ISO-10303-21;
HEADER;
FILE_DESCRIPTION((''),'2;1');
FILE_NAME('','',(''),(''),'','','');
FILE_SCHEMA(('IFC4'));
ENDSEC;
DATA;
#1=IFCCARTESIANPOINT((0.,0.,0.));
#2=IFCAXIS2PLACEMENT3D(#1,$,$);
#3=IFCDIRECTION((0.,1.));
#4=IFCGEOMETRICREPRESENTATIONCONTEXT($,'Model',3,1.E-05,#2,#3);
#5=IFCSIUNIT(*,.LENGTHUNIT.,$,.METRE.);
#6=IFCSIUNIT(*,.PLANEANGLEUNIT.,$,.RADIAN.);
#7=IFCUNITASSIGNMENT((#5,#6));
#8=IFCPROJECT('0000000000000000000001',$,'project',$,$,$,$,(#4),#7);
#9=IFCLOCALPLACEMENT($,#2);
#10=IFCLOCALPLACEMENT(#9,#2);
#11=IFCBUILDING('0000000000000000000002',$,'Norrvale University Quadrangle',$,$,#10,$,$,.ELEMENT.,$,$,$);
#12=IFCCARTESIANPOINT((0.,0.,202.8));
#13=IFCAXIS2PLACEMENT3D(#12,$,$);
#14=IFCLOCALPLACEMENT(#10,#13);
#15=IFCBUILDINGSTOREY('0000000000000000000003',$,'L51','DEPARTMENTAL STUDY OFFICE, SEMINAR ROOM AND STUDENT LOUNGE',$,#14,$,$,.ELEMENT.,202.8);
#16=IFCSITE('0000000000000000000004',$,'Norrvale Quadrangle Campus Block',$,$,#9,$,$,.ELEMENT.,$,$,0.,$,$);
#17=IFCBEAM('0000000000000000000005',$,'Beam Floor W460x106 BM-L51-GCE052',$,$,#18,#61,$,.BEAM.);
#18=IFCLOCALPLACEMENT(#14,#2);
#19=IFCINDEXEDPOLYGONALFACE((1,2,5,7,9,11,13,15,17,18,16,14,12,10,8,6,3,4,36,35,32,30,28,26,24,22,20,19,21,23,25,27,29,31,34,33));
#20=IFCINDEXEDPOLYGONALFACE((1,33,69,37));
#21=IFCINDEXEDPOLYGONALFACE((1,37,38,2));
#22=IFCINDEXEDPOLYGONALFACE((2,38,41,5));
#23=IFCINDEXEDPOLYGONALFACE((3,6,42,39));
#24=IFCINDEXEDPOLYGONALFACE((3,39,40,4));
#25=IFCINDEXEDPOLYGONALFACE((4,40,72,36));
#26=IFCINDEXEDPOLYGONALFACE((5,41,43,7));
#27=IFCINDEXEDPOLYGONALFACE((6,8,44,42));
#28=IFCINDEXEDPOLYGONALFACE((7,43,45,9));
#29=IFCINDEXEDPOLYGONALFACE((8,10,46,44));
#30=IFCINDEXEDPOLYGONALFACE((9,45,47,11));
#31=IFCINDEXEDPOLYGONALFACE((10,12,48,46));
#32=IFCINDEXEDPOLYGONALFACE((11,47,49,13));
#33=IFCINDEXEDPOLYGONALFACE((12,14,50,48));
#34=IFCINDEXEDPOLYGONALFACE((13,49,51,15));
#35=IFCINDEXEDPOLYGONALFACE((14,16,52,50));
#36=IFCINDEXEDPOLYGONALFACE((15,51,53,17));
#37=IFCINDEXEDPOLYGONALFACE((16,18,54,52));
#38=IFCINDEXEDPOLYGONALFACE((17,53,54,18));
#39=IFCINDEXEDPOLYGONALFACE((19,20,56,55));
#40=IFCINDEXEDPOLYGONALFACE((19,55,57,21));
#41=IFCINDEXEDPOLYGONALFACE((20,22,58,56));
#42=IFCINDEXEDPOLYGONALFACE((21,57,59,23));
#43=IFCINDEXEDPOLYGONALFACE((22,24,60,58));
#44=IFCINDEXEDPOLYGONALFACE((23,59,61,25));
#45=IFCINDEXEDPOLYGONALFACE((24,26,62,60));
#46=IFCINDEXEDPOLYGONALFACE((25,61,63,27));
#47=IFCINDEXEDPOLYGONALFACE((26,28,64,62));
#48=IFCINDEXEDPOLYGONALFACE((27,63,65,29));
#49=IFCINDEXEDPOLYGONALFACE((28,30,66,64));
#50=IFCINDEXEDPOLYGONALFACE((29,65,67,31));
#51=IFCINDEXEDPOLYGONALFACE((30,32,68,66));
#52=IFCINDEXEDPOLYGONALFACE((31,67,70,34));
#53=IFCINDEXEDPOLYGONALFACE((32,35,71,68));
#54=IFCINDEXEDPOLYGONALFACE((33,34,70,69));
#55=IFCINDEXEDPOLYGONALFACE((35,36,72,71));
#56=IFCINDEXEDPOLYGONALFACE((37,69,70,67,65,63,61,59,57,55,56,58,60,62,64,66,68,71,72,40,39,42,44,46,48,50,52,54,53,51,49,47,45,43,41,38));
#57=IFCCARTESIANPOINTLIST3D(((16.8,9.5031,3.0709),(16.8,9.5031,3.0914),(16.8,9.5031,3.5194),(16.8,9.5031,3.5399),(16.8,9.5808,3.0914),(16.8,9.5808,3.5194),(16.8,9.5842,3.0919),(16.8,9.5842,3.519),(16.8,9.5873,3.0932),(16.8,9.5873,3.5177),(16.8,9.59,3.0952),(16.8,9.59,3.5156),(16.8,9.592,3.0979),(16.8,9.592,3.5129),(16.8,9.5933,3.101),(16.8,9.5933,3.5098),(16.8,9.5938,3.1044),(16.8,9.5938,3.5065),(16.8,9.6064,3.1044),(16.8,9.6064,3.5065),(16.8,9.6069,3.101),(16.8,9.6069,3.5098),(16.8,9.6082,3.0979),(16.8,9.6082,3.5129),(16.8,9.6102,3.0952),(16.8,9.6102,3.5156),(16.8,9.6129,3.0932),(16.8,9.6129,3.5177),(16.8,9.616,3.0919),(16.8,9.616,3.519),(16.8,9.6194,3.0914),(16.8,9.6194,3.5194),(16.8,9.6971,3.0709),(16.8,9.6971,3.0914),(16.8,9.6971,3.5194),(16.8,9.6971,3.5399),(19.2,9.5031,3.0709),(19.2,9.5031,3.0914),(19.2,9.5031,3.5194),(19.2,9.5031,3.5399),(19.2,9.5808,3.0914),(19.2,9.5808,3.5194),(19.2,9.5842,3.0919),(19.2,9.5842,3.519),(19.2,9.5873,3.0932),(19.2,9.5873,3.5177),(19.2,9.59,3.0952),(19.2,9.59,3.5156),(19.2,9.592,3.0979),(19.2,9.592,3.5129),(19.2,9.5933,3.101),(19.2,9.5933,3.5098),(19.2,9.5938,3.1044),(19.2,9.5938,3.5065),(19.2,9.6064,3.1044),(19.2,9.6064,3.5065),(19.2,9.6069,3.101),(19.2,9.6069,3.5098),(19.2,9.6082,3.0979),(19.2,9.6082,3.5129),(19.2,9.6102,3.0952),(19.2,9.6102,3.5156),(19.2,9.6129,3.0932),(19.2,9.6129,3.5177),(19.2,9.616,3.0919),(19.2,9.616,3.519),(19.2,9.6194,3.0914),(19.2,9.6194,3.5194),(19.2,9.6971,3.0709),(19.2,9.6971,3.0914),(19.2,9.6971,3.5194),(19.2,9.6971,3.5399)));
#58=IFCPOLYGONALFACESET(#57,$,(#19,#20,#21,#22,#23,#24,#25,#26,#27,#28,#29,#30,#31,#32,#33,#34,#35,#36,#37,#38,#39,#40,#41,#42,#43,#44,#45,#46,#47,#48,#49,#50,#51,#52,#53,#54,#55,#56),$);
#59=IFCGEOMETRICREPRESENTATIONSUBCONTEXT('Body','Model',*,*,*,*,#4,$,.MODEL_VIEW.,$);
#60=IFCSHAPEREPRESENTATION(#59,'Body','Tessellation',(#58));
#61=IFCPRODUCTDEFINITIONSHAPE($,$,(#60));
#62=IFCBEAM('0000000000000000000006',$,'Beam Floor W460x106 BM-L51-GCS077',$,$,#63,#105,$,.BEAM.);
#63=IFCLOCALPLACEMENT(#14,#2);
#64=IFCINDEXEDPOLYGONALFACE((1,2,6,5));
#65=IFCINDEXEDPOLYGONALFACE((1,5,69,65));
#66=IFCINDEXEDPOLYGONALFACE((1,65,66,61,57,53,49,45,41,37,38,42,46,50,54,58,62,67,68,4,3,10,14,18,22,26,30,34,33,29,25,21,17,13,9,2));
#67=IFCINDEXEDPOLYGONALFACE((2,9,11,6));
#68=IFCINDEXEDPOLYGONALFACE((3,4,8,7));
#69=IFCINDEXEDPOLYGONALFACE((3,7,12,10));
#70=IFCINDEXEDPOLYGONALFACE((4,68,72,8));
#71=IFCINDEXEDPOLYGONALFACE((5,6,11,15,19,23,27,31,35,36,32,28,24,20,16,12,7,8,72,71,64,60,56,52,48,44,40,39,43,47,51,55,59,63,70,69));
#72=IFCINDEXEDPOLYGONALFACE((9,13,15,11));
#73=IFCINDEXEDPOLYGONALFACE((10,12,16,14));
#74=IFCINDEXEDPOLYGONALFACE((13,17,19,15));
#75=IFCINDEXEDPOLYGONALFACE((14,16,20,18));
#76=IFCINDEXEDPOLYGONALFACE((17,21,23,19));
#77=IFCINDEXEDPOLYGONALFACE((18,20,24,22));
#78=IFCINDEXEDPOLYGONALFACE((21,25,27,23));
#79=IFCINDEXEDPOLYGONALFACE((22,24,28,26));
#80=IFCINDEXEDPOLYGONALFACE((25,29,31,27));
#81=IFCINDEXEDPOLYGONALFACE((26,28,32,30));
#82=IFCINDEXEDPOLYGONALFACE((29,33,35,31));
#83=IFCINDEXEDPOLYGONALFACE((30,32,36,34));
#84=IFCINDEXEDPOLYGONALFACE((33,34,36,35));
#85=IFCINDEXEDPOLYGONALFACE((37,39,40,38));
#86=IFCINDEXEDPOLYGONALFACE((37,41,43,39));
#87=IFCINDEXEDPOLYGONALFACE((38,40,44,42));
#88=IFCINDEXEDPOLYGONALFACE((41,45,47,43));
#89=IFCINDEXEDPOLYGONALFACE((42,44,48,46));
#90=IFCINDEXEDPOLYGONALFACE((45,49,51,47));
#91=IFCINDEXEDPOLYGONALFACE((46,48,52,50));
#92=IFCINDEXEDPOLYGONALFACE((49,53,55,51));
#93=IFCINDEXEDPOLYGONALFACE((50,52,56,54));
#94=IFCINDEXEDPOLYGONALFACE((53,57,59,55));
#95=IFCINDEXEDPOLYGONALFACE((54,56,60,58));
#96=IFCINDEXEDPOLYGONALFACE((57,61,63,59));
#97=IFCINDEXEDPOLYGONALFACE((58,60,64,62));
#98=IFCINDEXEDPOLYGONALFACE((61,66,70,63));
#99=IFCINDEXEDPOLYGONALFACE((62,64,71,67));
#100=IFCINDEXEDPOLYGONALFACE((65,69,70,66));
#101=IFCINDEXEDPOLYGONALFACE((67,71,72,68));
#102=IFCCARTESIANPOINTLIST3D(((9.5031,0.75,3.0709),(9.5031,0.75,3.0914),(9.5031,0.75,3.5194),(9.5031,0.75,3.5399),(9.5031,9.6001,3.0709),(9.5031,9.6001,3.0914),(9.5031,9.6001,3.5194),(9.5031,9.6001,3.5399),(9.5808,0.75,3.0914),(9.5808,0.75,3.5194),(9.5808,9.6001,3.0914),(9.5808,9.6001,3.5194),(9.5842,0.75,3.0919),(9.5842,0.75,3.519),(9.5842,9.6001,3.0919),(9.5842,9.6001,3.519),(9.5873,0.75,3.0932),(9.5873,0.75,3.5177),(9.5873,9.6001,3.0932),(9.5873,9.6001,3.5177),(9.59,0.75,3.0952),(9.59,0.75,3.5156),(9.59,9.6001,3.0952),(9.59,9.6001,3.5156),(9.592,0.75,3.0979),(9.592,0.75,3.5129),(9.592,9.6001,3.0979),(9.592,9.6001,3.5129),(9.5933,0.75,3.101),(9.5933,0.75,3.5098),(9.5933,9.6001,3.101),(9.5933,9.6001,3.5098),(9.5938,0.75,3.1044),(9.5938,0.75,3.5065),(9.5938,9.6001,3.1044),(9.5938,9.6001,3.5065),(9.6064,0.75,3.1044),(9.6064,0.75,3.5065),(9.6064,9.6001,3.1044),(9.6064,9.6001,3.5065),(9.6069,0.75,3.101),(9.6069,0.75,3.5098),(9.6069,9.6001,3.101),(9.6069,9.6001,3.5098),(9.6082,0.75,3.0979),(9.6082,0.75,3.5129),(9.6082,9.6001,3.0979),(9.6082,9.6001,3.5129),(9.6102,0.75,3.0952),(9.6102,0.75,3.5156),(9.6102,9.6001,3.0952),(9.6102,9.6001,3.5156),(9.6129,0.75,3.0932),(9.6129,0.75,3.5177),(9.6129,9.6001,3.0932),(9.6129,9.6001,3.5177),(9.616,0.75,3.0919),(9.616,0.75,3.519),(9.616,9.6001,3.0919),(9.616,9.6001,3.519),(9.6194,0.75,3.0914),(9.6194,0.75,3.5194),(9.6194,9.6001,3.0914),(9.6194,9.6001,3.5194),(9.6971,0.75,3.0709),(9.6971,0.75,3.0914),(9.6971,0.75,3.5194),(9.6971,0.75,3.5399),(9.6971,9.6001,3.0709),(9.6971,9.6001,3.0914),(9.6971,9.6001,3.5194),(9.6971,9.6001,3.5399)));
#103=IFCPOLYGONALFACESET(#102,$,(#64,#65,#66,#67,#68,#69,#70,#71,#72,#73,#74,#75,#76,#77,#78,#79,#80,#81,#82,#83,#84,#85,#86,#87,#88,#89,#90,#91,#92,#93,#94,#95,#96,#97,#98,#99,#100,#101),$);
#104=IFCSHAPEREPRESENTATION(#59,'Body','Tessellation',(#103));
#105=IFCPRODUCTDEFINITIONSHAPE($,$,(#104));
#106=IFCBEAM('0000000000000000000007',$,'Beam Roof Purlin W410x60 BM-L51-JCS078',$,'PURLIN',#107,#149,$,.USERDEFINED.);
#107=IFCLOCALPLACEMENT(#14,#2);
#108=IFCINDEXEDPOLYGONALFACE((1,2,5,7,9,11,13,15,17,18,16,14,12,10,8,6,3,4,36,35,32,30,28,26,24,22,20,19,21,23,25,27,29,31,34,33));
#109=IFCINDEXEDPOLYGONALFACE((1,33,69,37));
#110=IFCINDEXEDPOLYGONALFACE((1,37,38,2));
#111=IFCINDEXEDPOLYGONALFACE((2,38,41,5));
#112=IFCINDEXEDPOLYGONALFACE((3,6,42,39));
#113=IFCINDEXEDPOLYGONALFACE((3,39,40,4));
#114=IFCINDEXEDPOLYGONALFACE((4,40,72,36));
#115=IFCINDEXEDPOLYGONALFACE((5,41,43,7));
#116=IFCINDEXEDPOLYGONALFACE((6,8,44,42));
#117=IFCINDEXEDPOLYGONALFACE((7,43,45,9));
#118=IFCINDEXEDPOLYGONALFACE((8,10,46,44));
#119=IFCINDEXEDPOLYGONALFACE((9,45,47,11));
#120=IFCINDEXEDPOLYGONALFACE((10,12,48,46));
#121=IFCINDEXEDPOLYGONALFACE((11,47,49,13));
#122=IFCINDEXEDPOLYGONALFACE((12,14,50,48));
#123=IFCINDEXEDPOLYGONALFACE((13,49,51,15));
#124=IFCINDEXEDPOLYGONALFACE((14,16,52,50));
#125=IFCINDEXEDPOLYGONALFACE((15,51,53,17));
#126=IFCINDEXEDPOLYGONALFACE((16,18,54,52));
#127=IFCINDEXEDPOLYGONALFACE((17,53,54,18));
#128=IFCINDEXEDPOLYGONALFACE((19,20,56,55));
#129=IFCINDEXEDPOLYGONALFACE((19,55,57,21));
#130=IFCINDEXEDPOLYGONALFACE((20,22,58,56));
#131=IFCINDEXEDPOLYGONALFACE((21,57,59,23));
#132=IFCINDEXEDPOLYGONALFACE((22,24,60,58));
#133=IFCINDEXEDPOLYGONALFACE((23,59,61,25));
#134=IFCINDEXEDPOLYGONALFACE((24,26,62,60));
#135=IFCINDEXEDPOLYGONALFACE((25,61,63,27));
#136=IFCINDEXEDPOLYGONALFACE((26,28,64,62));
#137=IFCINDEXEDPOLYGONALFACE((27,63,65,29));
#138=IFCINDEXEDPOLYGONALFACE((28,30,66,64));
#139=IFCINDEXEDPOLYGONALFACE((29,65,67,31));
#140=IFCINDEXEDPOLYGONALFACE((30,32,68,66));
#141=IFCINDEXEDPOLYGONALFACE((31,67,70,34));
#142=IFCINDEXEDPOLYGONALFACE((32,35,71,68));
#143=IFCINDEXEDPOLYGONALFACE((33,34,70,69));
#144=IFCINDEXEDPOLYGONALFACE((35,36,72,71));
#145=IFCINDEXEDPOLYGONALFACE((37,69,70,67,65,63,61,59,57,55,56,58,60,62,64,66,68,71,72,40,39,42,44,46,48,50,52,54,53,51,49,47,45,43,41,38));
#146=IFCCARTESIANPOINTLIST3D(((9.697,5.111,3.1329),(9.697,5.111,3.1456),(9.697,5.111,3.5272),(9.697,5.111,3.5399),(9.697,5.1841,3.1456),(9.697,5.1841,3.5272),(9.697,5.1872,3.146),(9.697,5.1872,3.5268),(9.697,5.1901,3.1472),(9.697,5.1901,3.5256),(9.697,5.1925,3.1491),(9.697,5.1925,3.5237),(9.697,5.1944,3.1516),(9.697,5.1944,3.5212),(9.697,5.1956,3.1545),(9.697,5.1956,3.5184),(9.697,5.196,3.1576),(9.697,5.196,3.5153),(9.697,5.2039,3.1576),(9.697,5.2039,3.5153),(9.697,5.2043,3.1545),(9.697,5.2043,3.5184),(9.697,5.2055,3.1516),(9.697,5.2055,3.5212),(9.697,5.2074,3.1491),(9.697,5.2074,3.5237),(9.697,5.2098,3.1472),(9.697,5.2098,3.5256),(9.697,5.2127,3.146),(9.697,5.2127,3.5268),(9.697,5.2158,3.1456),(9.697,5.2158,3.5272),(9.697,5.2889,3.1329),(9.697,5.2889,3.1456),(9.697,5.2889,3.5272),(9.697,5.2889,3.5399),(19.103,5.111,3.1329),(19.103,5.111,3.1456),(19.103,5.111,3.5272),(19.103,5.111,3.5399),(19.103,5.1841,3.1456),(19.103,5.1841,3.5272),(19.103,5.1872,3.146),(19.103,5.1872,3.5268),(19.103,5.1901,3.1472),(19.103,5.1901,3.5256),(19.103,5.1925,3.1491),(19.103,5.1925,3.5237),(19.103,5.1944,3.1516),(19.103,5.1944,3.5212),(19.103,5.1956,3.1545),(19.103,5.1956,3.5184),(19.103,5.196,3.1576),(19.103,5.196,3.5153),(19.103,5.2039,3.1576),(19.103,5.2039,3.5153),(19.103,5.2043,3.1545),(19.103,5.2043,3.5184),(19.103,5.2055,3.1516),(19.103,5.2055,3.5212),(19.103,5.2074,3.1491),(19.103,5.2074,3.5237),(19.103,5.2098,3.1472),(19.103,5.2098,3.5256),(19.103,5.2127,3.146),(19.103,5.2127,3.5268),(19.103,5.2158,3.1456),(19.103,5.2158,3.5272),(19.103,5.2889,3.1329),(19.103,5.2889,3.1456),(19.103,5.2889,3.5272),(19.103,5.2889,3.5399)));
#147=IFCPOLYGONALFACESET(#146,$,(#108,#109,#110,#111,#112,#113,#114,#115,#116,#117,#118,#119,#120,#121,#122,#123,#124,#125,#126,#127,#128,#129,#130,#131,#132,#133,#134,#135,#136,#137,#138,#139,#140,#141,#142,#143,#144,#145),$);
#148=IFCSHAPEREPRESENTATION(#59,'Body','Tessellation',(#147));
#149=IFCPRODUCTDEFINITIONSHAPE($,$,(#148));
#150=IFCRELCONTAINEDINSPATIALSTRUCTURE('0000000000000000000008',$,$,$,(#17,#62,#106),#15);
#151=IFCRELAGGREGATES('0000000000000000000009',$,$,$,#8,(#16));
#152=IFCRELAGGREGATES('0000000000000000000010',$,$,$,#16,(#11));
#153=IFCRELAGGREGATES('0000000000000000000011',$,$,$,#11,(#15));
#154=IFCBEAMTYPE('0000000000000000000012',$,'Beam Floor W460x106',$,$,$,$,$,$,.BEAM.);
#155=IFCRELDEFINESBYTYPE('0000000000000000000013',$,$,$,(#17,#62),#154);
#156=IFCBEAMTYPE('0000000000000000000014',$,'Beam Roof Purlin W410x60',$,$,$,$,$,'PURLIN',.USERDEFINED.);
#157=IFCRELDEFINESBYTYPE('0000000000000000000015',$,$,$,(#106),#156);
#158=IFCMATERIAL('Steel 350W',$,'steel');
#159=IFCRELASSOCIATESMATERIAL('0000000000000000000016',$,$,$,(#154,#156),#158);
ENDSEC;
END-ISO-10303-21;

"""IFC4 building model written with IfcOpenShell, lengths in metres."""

from ifc_helpers import new_model, si_unit, direction, frame, origin, origin_2d, place, context, subcontext, project, spatial, i_section, extrude, material, material_profile, profile_set, type_object, element, save


model = new_model("IFC4")

# Units and contexts
model_context = context("Model", 3, precision=1e-05, world=origin(), true_north=direction((0.0, 1.0)))
body_context = subcontext(model_context, "Body", "Model", "MODEL_VIEW")
ifc_project = project(units=[si_unit("LENGTHUNIT", "METRE"), si_unit("PLANEANGLEUNIT", "RADIAN")], contexts=[model_context])

# Site, building, storey
site_placement = place(None, origin())
site = spatial("IfcSite", under=ifc_project, at=site_placement, Name="Norrvale Quadrangle Campus Block", CompositionType="ELEMENT", RefElevation=0.0)
building_placement = place(site_placement, origin())
building = spatial("IfcBuilding", under=site, at=building_placement, Name="Norrvale University Quadrangle", CompositionType="ELEMENT")
storey_placement = place(building_placement, frame((0.0, 0.0, 202.8)))
storey = spatial("IfcBuildingStorey", under=building, at=storey_placement, Name="L51", Description="DEPARTMENTAL STUDY OFFICE, SEMINAR ROOM AND STUDENT LOUNGE", CompositionType="ELEMENT", Elevation=202.8)

# Beams
ifc_material_1 = material(Name="Steel 350W", Category="steel")
ifc_material_profile_1 = material_profile(ifc_material_1, i_section(OverallWidth=0.1941, OverallDepth=0.469, WebThickness=0.0127, FlangeThickness=0.0205, FilletRadius=0.0129, at=origin_2d()), Name="Steel 350W")
ifc_profile_set_1 = profile_set([ifc_material_profile_1], Name="Steel 350W")
beam_type_1 = type_object("IfcBeamType", Name="Beam Floor W460x106", PredefinedType="BEAM", material=ifc_profile_set_1)
beam_1_placement = place(storey_placement, frame((16.8, 9.6001, 3.3054), z_axis=(1.0, 0.0, 0.0), x_axis=(0.0, 1.0, 0.0)))
element("IfcBeam", 1, at=beam_1_placement, inside=storey, type_object=beam_type_1, Name="Beam Floor W460x106 BM-L51-GCE052", PredefinedType="BEAM", context=body_context, shape_type="SweptSolid", body=[
    extrude(i_section(OverallWidth=0.1941, OverallDepth=0.469, WebThickness=0.0127, FlangeThickness=0.0205, FilletRadius=0.0129, at=origin_2d()), origin(), (0.0, 0.0, 1.0), 2.3999),
])
beam_2_placement = place(storey_placement, frame((9.6001, 0.75, 3.3054), z_axis=(0.0, 1.0, 0.0), x_axis=(-1.0, 0.0, 0.0)))
element("IfcBeam", 2, at=beam_2_placement, inside=storey, type_object=beam_type_1, Name="Beam Floor W460x106 BM-L51-GCS077", PredefinedType="BEAM", context=body_context, shape_type="SweptSolid", body=[
    extrude(i_section(OverallWidth=0.1941, OverallDepth=0.469, WebThickness=0.0127, FlangeThickness=0.0205, FilletRadius=0.0129, at=origin_2d()), origin(), (0.0, 0.0, 1.0), 8.8501),
])
ifc_material_profile_2 = material_profile(ifc_material_1, i_section(OverallWidth=0.178, OverallDepth=0.407, WebThickness=0.0078, FlangeThickness=0.0127, FilletRadius=0.012, at=origin_2d()), Name="Steel 350W")
ifc_profile_set_2 = profile_set([ifc_material_profile_2], Name="Steel 350W")
beam_type_2 = type_object("IfcBeamType", Name="Beam Roof Purlin W410x60", ElementType="PURLIN", PredefinedType="USERDEFINED", material=ifc_profile_set_2)
beam_3_placement = place(storey_placement, frame((9.697, 5.2, 3.3364), z_axis=(1.0, 0.0, 0.0), x_axis=(0.0, 1.0, 0.0)))
element("IfcBeam", 3, at=beam_3_placement, inside=storey, type_object=beam_type_2, Name="Beam Roof Purlin W410x60 BM-L51-JCS078", ObjectType="PURLIN", PredefinedType="USERDEFINED", context=body_context, shape_type="SweptSolid", body=[
    extrude(i_section(OverallWidth=0.178, OverallDepth=0.407, WebThickness=0.0078, FlangeThickness=0.0127, FilletRadius=0.012, at=origin_2d()), origin(), (0.0, 0.0, 1.0), 9.406),
])

save(model, "model.ifc")
